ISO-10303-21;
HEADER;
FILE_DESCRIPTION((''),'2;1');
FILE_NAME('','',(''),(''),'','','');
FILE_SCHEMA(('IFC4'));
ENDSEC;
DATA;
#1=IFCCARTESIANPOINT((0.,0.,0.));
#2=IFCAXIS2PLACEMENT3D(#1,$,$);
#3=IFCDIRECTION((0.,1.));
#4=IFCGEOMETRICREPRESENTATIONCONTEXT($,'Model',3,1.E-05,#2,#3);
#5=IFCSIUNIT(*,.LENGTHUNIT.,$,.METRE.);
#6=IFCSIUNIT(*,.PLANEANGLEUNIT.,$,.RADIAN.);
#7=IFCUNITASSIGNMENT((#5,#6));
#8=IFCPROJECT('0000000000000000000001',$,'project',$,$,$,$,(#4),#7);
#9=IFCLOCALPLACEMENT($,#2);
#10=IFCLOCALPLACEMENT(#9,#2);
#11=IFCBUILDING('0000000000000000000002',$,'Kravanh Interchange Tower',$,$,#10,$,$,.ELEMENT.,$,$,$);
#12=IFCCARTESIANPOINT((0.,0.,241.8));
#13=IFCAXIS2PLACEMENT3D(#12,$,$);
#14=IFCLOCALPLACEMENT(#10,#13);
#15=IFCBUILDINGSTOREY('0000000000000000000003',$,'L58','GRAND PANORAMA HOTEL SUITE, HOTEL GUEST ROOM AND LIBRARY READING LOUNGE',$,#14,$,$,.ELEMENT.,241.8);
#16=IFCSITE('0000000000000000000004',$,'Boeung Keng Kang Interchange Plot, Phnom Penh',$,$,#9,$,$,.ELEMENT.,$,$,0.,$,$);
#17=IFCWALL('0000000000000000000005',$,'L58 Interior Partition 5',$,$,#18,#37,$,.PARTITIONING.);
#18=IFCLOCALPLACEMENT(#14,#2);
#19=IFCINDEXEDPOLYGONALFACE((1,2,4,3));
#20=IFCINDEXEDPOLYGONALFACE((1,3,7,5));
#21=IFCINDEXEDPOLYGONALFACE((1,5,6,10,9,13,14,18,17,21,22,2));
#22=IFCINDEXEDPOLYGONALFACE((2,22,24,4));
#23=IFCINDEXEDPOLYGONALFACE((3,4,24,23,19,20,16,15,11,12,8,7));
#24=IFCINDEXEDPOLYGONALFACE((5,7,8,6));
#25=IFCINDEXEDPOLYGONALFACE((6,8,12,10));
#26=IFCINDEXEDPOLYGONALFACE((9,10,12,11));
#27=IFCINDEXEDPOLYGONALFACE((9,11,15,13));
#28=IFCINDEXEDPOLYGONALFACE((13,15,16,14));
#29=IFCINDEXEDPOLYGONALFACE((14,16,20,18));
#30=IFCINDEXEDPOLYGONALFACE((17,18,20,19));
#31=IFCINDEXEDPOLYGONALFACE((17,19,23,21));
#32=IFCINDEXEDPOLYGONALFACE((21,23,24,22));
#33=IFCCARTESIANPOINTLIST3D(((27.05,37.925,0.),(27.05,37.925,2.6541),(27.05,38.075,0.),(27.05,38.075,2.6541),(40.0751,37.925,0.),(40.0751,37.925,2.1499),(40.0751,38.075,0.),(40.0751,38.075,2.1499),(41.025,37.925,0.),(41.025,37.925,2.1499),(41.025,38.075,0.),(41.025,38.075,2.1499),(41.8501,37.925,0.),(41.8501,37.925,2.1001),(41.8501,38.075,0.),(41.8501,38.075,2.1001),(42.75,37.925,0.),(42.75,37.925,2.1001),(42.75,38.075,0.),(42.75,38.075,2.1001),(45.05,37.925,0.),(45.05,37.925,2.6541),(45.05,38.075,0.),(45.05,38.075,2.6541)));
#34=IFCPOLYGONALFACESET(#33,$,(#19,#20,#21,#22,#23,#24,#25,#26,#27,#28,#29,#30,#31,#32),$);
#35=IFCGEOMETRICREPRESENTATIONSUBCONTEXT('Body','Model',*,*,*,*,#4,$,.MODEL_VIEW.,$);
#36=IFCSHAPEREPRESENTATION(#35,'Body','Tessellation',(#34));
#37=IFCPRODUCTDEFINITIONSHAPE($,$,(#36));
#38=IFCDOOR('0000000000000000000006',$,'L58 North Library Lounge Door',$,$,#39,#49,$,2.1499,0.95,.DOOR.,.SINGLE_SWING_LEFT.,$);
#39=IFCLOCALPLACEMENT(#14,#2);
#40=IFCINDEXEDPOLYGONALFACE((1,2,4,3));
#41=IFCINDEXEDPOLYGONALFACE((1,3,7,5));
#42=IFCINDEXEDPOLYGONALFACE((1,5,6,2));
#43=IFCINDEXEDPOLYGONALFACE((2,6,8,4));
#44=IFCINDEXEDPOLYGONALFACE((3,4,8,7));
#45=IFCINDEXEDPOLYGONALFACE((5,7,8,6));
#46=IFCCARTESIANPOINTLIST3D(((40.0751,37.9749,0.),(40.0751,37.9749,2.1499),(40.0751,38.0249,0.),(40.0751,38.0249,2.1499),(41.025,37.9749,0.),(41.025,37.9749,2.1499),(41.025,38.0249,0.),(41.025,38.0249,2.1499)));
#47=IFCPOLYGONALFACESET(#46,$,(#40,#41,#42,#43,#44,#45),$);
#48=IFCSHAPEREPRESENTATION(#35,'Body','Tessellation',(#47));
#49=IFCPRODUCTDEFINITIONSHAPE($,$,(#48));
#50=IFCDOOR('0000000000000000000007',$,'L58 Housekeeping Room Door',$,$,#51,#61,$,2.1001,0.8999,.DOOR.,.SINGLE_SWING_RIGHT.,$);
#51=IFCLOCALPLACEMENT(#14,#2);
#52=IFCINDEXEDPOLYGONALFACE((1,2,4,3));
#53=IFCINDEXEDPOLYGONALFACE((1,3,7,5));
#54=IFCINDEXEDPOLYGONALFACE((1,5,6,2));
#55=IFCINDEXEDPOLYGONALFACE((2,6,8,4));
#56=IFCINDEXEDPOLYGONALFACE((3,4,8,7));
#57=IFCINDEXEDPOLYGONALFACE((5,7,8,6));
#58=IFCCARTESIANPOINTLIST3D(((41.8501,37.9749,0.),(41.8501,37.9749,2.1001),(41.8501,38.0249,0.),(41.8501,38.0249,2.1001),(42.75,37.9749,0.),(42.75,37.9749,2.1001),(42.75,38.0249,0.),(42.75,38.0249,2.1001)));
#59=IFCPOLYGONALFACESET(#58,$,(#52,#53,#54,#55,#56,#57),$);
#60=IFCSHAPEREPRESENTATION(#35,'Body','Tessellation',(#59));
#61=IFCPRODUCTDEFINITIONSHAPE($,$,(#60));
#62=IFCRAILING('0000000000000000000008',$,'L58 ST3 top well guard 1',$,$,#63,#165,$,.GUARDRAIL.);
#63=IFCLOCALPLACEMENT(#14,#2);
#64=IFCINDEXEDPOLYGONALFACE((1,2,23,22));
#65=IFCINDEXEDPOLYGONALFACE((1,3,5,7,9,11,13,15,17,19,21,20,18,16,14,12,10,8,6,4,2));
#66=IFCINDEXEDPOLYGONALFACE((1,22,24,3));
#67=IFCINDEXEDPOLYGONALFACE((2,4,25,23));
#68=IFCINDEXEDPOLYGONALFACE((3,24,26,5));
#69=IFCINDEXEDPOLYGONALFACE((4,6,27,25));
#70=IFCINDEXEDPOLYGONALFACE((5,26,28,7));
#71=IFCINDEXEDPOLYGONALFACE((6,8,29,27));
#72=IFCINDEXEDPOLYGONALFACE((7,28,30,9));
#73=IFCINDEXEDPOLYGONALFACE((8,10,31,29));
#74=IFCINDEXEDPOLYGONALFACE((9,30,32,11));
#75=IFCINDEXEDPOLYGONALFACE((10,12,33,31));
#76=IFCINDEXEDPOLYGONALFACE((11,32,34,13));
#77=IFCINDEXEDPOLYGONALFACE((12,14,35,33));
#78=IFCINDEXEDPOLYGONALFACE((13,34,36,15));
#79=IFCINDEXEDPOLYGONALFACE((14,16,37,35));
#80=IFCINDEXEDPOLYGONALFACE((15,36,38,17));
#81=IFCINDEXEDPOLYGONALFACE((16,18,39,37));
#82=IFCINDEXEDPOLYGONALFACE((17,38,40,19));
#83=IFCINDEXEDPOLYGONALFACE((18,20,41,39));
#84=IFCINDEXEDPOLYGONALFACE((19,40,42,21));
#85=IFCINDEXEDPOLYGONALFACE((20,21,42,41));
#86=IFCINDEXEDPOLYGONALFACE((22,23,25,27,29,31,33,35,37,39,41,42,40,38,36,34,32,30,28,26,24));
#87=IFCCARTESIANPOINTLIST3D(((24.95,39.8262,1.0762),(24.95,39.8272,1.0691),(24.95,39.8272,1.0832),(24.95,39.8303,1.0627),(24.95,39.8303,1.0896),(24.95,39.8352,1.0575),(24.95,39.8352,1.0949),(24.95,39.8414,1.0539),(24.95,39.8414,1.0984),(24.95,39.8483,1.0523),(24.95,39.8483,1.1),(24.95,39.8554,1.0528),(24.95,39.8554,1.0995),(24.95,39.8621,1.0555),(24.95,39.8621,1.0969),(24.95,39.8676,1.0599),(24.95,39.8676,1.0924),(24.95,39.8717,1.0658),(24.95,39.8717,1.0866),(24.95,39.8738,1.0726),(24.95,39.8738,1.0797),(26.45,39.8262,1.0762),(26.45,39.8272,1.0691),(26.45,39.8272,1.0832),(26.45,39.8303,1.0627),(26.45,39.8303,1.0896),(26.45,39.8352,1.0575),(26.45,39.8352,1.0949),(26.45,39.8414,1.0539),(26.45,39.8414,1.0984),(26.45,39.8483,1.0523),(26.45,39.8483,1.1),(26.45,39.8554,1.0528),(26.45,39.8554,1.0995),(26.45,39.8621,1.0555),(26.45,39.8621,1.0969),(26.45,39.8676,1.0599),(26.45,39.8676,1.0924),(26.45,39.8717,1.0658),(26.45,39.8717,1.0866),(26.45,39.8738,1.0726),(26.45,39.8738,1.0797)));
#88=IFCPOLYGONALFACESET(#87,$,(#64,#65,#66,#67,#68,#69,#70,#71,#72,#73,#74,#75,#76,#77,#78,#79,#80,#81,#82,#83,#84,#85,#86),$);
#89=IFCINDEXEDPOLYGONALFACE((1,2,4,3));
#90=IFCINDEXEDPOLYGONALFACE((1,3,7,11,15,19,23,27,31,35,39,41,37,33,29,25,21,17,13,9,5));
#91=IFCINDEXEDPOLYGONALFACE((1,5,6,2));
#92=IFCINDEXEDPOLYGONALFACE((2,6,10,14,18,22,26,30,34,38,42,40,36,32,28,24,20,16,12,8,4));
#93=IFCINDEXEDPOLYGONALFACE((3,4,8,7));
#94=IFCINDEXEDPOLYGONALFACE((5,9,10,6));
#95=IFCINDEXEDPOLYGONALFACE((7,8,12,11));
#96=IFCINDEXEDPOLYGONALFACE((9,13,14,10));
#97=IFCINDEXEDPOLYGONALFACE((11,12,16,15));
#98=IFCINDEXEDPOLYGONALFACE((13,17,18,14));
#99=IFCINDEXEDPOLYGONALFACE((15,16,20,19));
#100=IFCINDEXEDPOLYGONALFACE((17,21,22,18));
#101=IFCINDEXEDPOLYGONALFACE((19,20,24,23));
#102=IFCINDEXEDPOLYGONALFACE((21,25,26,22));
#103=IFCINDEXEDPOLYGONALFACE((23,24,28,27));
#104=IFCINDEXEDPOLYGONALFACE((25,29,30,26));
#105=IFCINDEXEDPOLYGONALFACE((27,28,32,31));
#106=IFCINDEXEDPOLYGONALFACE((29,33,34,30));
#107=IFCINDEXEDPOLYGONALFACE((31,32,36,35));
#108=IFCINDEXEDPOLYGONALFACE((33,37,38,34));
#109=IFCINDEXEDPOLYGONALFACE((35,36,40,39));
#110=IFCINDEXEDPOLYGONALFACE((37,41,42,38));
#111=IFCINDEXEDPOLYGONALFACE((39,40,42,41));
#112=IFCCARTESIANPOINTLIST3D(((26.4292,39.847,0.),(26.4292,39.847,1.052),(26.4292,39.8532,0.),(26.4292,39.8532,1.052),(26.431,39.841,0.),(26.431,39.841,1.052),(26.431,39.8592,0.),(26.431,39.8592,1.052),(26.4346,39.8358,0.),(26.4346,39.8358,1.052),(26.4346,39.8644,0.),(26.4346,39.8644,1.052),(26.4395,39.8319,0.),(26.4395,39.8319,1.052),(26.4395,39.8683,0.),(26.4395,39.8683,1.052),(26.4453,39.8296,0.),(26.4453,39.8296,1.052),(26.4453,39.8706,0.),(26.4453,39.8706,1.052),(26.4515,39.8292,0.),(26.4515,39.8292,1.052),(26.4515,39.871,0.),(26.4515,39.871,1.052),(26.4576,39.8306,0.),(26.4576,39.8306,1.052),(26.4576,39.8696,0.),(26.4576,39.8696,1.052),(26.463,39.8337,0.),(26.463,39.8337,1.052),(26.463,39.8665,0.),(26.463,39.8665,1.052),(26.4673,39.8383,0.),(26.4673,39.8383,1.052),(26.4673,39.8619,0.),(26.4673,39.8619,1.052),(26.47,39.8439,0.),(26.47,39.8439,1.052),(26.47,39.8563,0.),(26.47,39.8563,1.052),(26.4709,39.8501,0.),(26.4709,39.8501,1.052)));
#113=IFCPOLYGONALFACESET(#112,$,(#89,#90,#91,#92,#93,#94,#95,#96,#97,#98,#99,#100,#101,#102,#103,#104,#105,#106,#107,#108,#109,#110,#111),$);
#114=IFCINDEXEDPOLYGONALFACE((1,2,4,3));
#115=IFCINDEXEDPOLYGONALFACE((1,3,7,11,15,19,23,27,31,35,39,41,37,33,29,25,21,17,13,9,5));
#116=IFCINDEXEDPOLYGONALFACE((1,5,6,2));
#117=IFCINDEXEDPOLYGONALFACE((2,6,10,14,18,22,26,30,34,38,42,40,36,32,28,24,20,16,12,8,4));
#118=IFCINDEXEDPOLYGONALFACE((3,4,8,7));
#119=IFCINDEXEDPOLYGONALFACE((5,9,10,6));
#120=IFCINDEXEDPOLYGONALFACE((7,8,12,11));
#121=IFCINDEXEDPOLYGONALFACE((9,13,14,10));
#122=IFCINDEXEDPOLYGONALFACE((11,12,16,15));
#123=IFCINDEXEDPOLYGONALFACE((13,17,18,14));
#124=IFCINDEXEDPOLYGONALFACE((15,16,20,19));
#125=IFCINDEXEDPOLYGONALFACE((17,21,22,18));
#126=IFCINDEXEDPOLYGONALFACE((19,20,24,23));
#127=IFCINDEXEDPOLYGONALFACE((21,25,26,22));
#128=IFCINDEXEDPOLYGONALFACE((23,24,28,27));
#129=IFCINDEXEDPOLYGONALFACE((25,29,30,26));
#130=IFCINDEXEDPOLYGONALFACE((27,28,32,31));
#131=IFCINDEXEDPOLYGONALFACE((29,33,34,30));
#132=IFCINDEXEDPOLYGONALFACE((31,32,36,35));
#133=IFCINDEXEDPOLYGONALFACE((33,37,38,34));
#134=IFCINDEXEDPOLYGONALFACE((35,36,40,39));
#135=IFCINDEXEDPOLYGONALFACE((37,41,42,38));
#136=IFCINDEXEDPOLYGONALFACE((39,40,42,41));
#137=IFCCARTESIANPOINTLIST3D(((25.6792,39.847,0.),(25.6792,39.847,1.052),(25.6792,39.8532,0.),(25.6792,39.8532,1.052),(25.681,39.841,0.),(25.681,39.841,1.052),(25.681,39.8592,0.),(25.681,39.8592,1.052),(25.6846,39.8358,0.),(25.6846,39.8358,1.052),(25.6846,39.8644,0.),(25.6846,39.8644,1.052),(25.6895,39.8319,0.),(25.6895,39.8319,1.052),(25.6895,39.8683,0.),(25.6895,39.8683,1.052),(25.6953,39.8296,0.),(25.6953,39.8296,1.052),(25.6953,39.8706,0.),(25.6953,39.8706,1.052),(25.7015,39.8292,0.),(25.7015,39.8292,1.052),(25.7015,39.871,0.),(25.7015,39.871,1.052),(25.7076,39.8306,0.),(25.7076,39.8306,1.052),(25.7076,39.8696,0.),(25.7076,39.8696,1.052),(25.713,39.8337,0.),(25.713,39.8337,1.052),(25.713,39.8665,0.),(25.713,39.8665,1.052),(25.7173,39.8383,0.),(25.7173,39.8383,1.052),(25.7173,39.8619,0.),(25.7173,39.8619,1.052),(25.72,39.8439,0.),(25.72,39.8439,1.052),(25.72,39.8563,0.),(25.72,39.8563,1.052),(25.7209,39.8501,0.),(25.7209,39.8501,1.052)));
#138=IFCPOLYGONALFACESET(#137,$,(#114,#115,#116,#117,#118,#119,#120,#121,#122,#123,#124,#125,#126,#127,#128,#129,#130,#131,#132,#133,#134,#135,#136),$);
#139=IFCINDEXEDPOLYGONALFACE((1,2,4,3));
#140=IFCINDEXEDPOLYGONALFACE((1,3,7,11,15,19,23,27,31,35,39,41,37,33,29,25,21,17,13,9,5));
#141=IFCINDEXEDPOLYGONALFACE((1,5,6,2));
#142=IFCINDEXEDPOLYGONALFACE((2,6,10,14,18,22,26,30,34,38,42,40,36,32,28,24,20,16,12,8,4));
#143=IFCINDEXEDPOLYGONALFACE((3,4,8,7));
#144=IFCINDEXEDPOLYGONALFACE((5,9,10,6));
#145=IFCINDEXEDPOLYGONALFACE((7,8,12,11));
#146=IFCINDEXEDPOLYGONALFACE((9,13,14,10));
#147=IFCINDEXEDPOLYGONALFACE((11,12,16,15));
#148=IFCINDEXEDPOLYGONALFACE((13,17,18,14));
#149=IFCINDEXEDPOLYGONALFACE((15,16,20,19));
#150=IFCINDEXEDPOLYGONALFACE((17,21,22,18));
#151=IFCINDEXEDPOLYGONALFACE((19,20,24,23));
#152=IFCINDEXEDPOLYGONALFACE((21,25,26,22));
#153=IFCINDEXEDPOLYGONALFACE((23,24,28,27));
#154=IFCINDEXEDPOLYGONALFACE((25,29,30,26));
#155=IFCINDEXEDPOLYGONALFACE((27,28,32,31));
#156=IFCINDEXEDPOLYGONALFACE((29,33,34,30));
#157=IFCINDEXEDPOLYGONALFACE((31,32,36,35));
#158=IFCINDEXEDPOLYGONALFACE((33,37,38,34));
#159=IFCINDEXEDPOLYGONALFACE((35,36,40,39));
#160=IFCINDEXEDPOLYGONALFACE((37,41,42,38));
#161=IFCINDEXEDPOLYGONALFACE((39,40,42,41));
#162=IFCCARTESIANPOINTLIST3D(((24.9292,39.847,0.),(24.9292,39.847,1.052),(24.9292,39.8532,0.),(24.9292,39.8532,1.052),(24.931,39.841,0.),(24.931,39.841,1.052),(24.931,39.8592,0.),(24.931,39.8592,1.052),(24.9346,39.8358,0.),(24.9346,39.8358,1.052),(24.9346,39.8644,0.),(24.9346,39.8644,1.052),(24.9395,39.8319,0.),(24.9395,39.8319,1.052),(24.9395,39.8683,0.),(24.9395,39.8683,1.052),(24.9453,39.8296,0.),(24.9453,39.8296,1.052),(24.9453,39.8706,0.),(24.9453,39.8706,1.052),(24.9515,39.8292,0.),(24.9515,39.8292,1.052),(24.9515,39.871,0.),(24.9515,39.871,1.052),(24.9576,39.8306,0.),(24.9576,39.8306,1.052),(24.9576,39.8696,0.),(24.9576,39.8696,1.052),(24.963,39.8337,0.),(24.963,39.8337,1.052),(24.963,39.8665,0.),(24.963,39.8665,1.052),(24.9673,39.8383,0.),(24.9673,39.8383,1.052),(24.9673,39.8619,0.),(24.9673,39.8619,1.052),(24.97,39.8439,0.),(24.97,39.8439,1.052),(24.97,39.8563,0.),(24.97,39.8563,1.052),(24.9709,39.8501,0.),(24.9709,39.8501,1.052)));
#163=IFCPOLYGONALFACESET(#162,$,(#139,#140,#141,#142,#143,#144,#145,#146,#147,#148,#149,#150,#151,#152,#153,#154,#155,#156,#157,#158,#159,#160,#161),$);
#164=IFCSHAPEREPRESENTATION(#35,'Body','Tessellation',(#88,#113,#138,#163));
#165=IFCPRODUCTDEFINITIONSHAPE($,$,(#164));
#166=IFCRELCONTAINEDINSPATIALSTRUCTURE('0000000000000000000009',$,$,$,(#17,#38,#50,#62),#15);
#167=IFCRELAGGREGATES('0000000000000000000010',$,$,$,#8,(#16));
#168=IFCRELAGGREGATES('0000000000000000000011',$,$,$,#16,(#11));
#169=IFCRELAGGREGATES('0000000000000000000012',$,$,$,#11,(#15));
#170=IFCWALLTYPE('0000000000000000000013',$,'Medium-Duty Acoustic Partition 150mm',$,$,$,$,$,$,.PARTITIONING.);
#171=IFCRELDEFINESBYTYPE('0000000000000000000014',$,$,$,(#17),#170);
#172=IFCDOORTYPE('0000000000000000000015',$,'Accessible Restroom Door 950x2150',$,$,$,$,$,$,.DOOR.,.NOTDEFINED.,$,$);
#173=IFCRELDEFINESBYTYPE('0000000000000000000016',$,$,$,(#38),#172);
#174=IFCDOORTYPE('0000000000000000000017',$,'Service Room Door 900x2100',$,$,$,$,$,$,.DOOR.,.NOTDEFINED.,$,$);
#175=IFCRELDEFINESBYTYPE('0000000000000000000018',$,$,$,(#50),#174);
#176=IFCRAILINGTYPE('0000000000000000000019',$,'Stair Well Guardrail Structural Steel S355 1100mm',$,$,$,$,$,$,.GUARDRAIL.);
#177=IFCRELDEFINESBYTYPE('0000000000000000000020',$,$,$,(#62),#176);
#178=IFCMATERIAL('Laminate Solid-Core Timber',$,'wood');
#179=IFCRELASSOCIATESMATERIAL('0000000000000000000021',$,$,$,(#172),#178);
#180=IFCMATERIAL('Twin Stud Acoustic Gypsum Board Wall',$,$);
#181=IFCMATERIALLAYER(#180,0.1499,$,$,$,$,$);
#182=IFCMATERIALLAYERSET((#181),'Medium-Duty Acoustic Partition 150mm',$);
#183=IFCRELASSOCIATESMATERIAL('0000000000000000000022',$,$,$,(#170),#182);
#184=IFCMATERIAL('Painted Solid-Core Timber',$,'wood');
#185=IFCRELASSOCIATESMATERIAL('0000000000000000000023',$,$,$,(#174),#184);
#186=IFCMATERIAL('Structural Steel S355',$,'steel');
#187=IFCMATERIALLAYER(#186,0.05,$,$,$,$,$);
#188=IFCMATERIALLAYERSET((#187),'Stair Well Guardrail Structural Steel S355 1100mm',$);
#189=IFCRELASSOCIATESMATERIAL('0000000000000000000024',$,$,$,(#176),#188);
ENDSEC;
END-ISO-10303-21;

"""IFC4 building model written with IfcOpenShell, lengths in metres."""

from ifc_helpers import new_model, si_unit, direction, frame, frame_2d, origin, origin_2d, place, context, subcontext, project, spatial, rectangle, circle, extrude, material, layer, layer_set, type_object, element, fill, save


model = new_model("IFC4")

# Units and contexts
model_context = context("Model", 3, precision=1e-05, world=origin(), true_north=direction((0.0, 1.0)))
body_context = subcontext(model_context, "Body", "Model", "MODEL_VIEW")
ifc_project = project(units=[si_unit("LENGTHUNIT", "METRE"), si_unit("PLANEANGLEUNIT", "RADIAN")], contexts=[model_context])

# Site, building, storey
site_placement = place(None, origin())
site = spatial("IfcSite", under=ifc_project, at=site_placement, Name="Boeung Keng Kang Interchange Plot, Phnom Penh", CompositionType="ELEMENT", RefElevation=0.0)
building_placement = place(site_placement, origin())
building = spatial("IfcBuilding", under=site, at=building_placement, Name="Kravanh Interchange Tower", CompositionType="ELEMENT")
storey_placement = place(building_placement, frame((0.0, 0.0, 241.8)))
storey = spatial("IfcBuildingStorey", under=building, at=storey_placement, Name="L58", Description="GRAND PANORAMA HOTEL SUITE, HOTEL GUEST ROOM AND LIBRARY READING LOUNGE", CompositionType="ELEMENT", Elevation=241.8)

# Wall, openings, doors
ifc_material_1 = material(Name="Laminate Solid-Core Timber", Category="wood")
door_type_1 = type_object("IfcDoorType", Name="Accessible Restroom Door 950x2150", OperationType="NOTDEFINED", PredefinedType="DOOR", material=ifc_material_1)
ifc_material_2 = material(Name="Twin Stud Acoustic Gypsum Board Wall")
ifc_layer_1 = layer(ifc_material_2, 0.1499)
ifc_layer_set_1 = layer_set([ifc_layer_1], Name="Medium-Duty Acoustic Partition 150mm")
wall_type_1 = type_object("IfcWallType", Name="Medium-Duty Acoustic Partition 150mm", PredefinedType="PARTITIONING", material=ifc_layer_set_1)
wall_1_placement = place(storey_placement, frame((27.05, 38.0, 0.0), z_axis=(0.0, 0.0, 1.0), x_axis=(1.0, 0.0, 0.0)))
wall_1 = element("IfcWall", 1, at=wall_1_placement, inside=storey, type_object=wall_type_1, Name="L58 Interior Partition 5", PredefinedType="PARTITIONING", context=body_context, shape_type="SweptSolid", body=[
    extrude(rectangle(XDim=18.0, YDim=0.1499, at=frame_2d((9.0, 0.0))), origin(), (0.0, 0.0, 1.0), 2.6541),
])
opening_1_placement = place(wall_1_placement, frame((13.0249, 0.0, 0.0)))
opening_1 = element("IfcOpeningElement", 2, at=opening_1_placement, cuts=wall_1, PredefinedType="OPENING", context=body_context, shape_type="SweptSolid", body=[
    extrude(rectangle(XDim=0.95, YDim=2.1499, at=frame_2d((0.4751, 1.075))), frame((0.0, 0.085, 0.0), z_axis=(0.0, -1.0, 0.0), x_axis=(1.0, 0.0, 0.0)), (0.0, 0.0, 1.0), 0.1699),
])
opening_2_placement = place(wall_1_placement, frame((14.8, 0.0, 0.0)))
opening_2 = element("IfcOpeningElement", 3, at=opening_2_placement, cuts=wall_1, PredefinedType="OPENING", context=body_context, shape_type="SweptSolid", body=[
    extrude(rectangle(XDim=0.8999, YDim=2.1001, at=frame_2d((0.45, 1.05))), frame((0.0, 0.085, 0.0), z_axis=(0.0, -1.0, 0.0), x_axis=(1.0, 0.0, 0.0)), (0.0, 0.0, 1.0), 0.1699),
])
door_1_placement = place(opening_1_placement, origin())
door_1 = element("IfcDoor", 4, at=door_1_placement, inside=storey, type_object=door_type_1, Name="L58 North Library Lounge Door", OperationType="SINGLE_SWING_LEFT", OverallHeight=2.1499, OverallWidth=0.95, PredefinedType="DOOR", context=body_context, shape_type="SweptSolid", body=[
    extrude(rectangle(XDim=0.95, YDim=2.1499, at=frame_2d((0.4751, 1.075))), frame((0.0, 0.0249, 0.0), z_axis=(0.0, -1.0, 0.0), x_axis=(1.0, 0.0, 0.0)), (0.0, 0.0, 1.0), 0.05),
])
fill(opening_1, door_1)
ifc_material_3 = material(Name="Painted Solid-Core Timber", Category="wood")
door_type_2 = type_object("IfcDoorType", Name="Service Room Door 900x2100", OperationType="NOTDEFINED", PredefinedType="DOOR", material=ifc_material_3)
door_2_placement = place(opening_2_placement, origin())
door_2 = element("IfcDoor", 5, at=door_2_placement, inside=storey, type_object=door_type_2, Name="L58 Housekeeping Room Door", OperationType="SINGLE_SWING_RIGHT", OverallHeight=2.1001, OverallWidth=0.8999, PredefinedType="DOOR", context=body_context, shape_type="SweptSolid", body=[
    extrude(rectangle(XDim=0.8999, YDim=2.1001, at=frame_2d((0.45, 1.05))), frame((0.0, 0.0249, 0.0), z_axis=(0.0, -1.0, 0.0), x_axis=(1.0, 0.0, 0.0)), (0.0, 0.0, 1.0), 0.05),
])
fill(opening_2, door_2)

# Railing
ifc_material_4 = material(Name="Structural Steel S355", Category="steel")
ifc_layer_2 = layer(ifc_material_4, 0.05)
ifc_layer_set_2 = layer_set([ifc_layer_2], Name="Stair Well Guardrail Structural Steel S355 1100mm")
railing_type = type_object("IfcRailingType", Name="Stair Well Guardrail Structural Steel S355 1100mm", PredefinedType="GUARDRAIL", material=ifc_layer_set_2)
railing_placement = place(storey_placement, frame((26.45, 39.8501, 0.0)))
element("IfcRailing", 6, at=railing_placement, inside=storey, type_object=railing_type, Name="L58 ST3 top well guard 1", PredefinedType="GUARDRAIL", context=body_context, shape_type="SweptSolid", body=[
    extrude(circle(Radius=0.0239, at=origin_2d()), frame((0.0, 0.0, 1.0762), z_axis=(-1.0, 0.0, 0.0), x_axis=(0.0, -1.0, 0.0)), (0.0, 0.0, 1.0), 1.5),
    extrude(circle(Radius=0.021, at=origin_2d()), origin(), (0.0, 0.0, 1.0), 1.052),
    extrude(circle(Radius=0.021, at=origin_2d()), frame((-0.75, 0.0, 0.0)), (0.0, 0.0, 1.0), 1.052),
    extrude(circle(Radius=0.021, at=origin_2d()), frame((-1.5, 0.0, 0.0)), (0.0, 0.0, 1.0), 1.052),
])

save(model, "model.ifc")
